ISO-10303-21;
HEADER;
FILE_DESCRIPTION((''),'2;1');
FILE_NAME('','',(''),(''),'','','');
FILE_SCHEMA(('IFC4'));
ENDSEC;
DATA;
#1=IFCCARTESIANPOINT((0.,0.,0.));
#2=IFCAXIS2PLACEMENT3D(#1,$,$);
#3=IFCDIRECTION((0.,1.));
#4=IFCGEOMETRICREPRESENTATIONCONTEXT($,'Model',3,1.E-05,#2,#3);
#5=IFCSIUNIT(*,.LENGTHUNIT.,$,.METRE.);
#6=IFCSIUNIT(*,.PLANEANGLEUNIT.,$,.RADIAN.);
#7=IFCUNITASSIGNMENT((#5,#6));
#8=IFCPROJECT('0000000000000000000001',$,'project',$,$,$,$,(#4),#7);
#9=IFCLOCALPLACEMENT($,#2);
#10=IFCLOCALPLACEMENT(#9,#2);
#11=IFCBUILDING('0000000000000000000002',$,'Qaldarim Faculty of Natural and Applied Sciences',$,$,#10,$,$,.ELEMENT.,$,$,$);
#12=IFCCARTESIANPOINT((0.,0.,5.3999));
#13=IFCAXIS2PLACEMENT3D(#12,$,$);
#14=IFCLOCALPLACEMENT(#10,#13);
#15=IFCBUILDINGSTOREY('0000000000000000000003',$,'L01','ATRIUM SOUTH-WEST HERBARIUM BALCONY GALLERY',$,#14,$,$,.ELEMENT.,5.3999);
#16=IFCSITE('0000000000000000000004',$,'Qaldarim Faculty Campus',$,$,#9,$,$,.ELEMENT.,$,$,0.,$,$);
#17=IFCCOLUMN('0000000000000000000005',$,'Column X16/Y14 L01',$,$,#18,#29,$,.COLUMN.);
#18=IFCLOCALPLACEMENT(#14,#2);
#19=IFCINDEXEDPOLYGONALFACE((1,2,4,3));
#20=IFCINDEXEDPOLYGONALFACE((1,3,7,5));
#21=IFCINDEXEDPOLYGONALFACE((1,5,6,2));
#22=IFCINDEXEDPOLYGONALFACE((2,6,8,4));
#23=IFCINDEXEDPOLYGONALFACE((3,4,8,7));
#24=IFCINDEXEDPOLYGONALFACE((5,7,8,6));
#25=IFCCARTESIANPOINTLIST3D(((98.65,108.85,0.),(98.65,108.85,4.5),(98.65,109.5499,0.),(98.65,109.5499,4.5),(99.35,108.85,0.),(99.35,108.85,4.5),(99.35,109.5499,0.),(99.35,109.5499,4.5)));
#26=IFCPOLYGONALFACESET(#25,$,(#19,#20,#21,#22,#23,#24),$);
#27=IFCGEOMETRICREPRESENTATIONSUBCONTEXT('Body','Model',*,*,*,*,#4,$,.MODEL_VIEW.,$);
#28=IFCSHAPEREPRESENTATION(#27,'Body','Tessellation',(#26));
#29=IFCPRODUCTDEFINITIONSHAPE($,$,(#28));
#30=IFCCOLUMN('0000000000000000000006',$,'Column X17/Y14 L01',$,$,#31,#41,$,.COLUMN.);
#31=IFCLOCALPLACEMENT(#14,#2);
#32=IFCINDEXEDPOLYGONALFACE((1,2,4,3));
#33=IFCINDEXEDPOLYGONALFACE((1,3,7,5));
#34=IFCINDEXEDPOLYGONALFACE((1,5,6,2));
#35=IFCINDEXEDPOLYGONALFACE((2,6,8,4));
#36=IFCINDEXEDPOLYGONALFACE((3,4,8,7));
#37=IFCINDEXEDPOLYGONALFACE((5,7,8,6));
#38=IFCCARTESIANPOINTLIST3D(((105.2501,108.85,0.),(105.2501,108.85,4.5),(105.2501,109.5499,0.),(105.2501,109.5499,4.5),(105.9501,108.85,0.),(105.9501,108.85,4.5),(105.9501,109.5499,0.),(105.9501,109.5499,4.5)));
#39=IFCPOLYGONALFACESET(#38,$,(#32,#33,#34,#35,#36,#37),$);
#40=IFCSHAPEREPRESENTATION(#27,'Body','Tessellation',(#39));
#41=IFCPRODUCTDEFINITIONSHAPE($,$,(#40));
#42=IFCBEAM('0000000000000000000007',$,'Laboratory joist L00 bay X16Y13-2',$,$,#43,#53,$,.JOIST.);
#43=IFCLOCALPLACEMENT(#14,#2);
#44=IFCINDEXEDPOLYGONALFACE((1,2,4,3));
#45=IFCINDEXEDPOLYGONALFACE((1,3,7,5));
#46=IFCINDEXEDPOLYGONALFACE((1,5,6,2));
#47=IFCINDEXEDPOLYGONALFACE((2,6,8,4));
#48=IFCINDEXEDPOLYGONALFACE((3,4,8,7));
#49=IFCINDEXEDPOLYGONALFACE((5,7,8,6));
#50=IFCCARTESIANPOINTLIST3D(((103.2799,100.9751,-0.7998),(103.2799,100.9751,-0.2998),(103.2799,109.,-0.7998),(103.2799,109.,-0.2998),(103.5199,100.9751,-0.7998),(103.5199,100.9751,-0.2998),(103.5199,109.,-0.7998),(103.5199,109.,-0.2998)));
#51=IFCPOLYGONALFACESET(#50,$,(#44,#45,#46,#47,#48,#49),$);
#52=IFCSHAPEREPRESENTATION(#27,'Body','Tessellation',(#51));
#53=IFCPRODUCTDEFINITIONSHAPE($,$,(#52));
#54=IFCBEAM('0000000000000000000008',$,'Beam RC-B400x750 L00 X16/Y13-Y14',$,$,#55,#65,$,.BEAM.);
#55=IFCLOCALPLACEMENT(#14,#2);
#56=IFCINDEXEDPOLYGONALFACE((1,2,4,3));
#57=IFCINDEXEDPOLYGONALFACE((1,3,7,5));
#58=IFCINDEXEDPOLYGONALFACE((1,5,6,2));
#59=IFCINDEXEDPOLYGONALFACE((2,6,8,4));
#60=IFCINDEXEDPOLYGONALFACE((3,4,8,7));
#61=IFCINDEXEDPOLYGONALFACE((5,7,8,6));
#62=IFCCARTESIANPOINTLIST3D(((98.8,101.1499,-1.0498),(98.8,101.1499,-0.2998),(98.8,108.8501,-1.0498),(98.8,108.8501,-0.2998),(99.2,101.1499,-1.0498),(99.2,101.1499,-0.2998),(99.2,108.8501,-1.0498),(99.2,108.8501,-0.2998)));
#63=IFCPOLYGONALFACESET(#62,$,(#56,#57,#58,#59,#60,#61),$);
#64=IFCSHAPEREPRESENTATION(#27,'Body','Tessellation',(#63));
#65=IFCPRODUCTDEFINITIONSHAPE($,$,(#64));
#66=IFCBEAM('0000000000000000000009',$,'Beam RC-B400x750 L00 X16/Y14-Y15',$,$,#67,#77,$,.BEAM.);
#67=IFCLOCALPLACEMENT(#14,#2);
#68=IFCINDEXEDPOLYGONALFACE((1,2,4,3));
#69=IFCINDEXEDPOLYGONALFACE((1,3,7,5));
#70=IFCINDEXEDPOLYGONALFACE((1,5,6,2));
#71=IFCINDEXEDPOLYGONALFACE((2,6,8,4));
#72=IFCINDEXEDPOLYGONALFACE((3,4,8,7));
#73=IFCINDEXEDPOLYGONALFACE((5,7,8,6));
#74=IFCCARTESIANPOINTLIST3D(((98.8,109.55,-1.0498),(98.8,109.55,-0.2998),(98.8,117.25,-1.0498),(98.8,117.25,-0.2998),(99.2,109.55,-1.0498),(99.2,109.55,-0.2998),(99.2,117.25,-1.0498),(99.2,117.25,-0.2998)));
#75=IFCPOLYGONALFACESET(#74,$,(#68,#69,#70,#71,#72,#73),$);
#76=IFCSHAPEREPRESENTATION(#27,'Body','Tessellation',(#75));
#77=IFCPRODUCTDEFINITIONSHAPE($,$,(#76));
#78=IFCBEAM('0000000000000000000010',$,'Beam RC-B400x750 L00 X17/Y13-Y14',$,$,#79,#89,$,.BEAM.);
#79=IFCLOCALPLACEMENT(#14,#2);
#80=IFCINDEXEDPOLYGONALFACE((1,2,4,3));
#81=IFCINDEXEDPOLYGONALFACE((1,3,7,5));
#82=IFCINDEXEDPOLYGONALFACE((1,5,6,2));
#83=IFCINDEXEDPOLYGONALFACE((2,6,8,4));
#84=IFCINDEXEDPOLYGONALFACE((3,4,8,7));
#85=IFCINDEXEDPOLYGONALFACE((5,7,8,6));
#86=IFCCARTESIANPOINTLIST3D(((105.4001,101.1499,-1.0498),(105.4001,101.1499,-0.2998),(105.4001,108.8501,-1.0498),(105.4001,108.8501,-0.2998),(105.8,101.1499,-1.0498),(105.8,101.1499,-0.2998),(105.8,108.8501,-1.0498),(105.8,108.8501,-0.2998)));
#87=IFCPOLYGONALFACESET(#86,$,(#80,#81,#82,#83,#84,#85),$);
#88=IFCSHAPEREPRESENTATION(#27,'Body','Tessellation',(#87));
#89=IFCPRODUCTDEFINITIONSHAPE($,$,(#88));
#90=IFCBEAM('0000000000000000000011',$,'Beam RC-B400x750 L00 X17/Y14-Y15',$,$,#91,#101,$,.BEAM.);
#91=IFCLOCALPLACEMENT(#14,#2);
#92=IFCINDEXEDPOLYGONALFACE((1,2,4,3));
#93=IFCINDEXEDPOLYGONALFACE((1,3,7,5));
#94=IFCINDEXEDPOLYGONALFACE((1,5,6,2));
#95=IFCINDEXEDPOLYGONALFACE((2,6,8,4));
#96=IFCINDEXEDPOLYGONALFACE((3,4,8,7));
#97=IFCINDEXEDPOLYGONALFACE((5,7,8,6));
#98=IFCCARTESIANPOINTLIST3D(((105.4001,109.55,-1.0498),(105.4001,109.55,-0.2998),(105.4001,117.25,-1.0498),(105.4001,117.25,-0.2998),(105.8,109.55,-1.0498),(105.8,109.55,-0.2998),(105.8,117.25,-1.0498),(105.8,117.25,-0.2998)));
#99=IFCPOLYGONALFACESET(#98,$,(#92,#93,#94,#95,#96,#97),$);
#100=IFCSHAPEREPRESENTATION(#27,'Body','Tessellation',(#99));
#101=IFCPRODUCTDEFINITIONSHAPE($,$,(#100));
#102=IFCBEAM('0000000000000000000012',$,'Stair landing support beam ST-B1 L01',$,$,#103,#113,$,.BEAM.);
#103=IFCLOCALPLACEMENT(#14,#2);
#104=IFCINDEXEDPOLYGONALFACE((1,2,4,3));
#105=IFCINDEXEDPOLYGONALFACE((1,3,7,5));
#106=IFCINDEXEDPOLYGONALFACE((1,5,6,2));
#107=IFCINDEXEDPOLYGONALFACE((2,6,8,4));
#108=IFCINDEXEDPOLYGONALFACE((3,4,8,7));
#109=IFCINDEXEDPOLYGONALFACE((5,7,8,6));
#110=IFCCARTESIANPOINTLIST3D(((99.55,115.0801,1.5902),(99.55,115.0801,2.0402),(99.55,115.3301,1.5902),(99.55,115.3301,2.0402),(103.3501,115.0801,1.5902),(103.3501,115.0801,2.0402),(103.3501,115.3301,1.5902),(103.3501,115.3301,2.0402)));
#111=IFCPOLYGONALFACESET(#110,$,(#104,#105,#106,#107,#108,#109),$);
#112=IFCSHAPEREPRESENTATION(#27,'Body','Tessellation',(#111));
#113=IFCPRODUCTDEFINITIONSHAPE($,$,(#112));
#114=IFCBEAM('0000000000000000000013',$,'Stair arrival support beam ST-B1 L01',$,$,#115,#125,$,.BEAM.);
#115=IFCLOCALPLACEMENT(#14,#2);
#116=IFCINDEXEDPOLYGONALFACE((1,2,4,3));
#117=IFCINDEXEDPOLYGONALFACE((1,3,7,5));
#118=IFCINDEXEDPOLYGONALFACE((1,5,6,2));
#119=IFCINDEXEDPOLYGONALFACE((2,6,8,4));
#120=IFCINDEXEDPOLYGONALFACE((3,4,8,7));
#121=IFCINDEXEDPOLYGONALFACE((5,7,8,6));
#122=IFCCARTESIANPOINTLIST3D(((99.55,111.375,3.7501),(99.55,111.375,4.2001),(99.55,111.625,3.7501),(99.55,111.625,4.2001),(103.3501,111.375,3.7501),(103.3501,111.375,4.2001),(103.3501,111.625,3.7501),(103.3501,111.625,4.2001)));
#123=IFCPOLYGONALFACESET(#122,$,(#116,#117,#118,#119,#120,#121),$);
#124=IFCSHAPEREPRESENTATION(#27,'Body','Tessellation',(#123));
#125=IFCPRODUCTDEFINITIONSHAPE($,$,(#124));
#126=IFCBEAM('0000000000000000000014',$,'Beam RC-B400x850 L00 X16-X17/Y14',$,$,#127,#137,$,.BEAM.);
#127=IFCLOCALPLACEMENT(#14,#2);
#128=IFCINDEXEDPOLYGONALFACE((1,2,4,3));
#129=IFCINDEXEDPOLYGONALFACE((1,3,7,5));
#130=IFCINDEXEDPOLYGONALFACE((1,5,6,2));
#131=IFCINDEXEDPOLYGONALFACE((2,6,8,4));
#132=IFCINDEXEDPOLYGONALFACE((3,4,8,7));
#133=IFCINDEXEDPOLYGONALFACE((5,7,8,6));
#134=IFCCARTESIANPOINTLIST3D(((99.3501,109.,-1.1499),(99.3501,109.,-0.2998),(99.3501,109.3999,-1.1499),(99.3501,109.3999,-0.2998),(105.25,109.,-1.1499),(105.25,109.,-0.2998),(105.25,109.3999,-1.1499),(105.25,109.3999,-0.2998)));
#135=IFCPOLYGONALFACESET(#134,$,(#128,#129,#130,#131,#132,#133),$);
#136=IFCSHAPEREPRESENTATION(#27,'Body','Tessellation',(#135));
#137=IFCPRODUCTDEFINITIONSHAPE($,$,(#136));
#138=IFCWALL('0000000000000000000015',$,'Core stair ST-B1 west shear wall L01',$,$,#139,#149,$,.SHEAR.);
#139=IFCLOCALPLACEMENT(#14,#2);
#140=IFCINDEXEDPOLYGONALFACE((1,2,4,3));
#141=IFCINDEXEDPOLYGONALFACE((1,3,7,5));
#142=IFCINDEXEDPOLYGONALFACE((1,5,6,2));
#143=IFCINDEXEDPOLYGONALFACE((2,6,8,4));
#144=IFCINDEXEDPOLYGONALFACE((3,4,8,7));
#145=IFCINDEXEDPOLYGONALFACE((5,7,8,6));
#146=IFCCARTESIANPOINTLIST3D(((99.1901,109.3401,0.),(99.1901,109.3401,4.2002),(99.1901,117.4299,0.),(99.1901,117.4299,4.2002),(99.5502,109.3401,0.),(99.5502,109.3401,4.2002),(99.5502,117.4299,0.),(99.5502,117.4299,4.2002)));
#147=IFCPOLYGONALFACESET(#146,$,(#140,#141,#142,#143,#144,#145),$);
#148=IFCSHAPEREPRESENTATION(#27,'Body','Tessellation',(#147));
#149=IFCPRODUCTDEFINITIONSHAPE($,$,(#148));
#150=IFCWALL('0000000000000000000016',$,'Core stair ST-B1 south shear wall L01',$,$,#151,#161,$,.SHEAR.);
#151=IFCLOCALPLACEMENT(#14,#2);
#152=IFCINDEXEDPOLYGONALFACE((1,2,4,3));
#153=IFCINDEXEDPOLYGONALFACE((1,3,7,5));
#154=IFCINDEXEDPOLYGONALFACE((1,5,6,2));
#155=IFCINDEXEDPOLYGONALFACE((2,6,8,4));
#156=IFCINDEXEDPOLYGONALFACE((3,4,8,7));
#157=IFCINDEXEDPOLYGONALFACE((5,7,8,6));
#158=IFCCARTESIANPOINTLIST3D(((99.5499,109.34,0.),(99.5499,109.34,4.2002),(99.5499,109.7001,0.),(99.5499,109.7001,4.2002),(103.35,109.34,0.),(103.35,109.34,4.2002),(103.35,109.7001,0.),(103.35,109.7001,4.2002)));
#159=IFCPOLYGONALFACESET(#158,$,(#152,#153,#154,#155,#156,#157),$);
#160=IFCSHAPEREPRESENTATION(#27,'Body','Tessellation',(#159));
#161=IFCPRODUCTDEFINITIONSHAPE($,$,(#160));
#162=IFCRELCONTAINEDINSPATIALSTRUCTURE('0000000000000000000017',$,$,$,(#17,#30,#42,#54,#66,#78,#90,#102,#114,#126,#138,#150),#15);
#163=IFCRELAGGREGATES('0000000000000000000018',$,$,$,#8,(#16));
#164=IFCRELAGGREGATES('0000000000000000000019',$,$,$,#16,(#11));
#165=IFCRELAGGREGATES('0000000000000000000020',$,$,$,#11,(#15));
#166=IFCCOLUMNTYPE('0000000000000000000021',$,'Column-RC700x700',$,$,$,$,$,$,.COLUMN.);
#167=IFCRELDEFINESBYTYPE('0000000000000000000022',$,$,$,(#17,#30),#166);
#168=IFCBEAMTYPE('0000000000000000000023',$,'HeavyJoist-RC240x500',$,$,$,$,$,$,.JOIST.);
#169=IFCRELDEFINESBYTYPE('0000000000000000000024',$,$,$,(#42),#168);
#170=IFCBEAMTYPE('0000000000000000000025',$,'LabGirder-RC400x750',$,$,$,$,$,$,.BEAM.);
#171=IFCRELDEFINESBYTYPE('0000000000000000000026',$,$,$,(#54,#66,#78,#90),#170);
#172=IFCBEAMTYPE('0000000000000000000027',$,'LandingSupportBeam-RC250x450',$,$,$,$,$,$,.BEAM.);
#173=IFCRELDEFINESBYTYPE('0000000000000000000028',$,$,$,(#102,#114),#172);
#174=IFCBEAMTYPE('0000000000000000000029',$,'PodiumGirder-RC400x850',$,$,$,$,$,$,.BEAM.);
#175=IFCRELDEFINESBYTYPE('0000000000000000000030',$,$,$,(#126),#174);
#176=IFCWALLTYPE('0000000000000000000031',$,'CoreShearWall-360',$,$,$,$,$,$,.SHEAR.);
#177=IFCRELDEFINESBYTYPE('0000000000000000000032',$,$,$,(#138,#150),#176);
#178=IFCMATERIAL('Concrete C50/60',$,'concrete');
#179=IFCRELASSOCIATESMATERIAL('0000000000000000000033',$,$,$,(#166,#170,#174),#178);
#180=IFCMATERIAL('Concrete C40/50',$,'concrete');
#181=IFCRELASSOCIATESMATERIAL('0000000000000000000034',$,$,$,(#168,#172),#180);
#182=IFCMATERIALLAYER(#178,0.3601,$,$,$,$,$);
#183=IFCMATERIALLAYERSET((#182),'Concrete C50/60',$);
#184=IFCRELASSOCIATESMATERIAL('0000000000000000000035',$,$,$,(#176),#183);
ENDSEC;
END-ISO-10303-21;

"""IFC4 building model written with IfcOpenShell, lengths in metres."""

from ifc_helpers import new_model, si_unit, direction, frame, frame_2d, origin, origin_2d, place, context, subcontext, project, spatial, rectangle, extrude, material, layer, layer_set, material_profile, profile_set, type_object, element, save


model = new_model("IFC4")

# Units and contexts
model_context = context("Model", 3, precision=1e-05, world=origin(), true_north=direction((0.0, 1.0)))
body_context = subcontext(model_context, "Body", "Model", "MODEL_VIEW")
ifc_project = project(units=[si_unit("LENGTHUNIT", "METRE"), si_unit("PLANEANGLEUNIT", "RADIAN")], contexts=[model_context])

# Site, building, storey
site_placement = place(None, origin())
site = spatial("IfcSite", under=ifc_project, at=site_placement, Name="Qaldarim Faculty Campus", CompositionType="ELEMENT", RefElevation=0.0)
building_placement = place(site_placement, origin())
building = spatial("IfcBuilding", under=site, at=building_placement, Name="Qaldarim Faculty of Natural and Applied Sciences", CompositionType="ELEMENT")
storey_placement = place(building_placement, frame((0.0, 0.0, 5.3999)))
storey = spatial("IfcBuildingStorey", under=building, at=storey_placement, Name="L01", Description="ATRIUM SOUTH-WEST HERBARIUM BALCONY GALLERY", CompositionType="ELEMENT", Elevation=5.3999)

# Columns
ifc_material_1 = material(Name="Concrete C50/60", Category="concrete")
ifc_material_profile_1 = material_profile(ifc_material_1, rectangle(XDim=0.7, YDim=0.7, at=origin_2d()), Name="RC-C700x700")
ifc_profile_set_1 = profile_set([ifc_material_profile_1], Name="Concrete C50/60")
column_type = type_object("IfcColumnType", Name="Column-RC700x700", PredefinedType="COLUMN", material=ifc_profile_set_1)
for number, where, z_axis, x_axis, name in (
    (1, (99.0, 109.2, 0.0), (0.0, 0.0, 1.0), (1.0, 0.0, 0.0), "Column X16/Y14 L01"),
    (2, (105.6001, 109.2, 0.0), (0.0, 0.0, 1.0), (1.0, 0.0, 0.0), "Column X17/Y14 L01"),
):
    element("IfcColumn", number, at=place(storey_placement, frame(where, z_axis=z_axis, x_axis=x_axis)), inside=storey, type_object=column_type, Name=name, PredefinedType="COLUMN", context=body_context, shape_type="SweptSolid", body=[
        extrude(rectangle(XDim=0.7, YDim=0.7, at=origin_2d()), origin(), (0.0, 0.0, 1.0), 4.5),
    ])

# Beams
ifc_material_2 = material(Name="Concrete C40/50", Category="concrete")
ifc_material_profile_2 = material_profile(ifc_material_2, rectangle(XDim=0.24, YDim=0.5, at=origin_2d()), Name="RC-J240x500")
ifc_profile_set_2 = profile_set([ifc_material_profile_2], Name="Concrete C40/50")
beam_type_1 = type_object("IfcBeamType", Name="HeavyJoist-RC240x500", PredefinedType="JOIST", material=ifc_profile_set_2)
beam_1_placement = place(storey_placement, frame((103.3999, 100.9751, -0.5498), z_axis=(0.0, 1.0, 0.0), x_axis=(-1.0, 0.0, 0.0)))
element("IfcBeam", 3, at=beam_1_placement, inside=storey, type_object=beam_type_1, Name="Laboratory joist L00 bay X16Y13-2", PredefinedType="JOIST", context=body_context, shape_type="SweptSolid", body=[
    extrude(rectangle(XDim=0.24, YDim=0.5, at=origin_2d()), origin(), (0.0, 0.0, 1.0), 8.0249),
])
ifc_material_profile_3 = material_profile(ifc_material_1, rectangle(XDim=0.3999, YDim=0.75, at=origin_2d()), Name="RC-B400x750")
ifc_profile_set_3 = profile_set([ifc_material_profile_3], Name="Concrete C50/60")
beam_type_2 = type_object("IfcBeamType", Name="LabGirder-RC400x750", PredefinedType="BEAM", material=ifc_profile_set_3)
beam_2_placement = place(storey_placement, frame((99.0, 101.1499, -0.6748), z_axis=(0.0, 1.0, 0.0), x_axis=(-1.0, 0.0, 0.0)))
element("IfcBeam", 4, at=beam_2_placement, inside=storey, type_object=beam_type_2, Name="Beam RC-B400x750 L00 X16/Y13-Y14", PredefinedType="BEAM", context=body_context, shape_type="SweptSolid", body=[
    extrude(rectangle(XDim=0.3999, YDim=0.75, at=origin_2d()), origin(), (0.0, 0.0, 1.0), 7.7002),
])
beam_3_placement = place(storey_placement, frame((99.0, 109.55, -0.6748), z_axis=(0.0, 1.0, 0.0), x_axis=(-1.0, 0.0, 0.0)))
element("IfcBeam", 5, at=beam_3_placement, inside=storey, type_object=beam_type_2, Name="Beam RC-B400x750 L00 X16/Y14-Y15", PredefinedType="BEAM", context=body_context, shape_type="SweptSolid", body=[
    extrude(rectangle(XDim=0.3999, YDim=0.75, at=origin_2d()), origin(), (0.0, 0.0, 1.0), 7.7),
])
beam_4_placement = place(storey_placement, frame((105.6001, 101.1499, -0.6748), z_axis=(0.0, 1.0, 0.0), x_axis=(-1.0, 0.0, 0.0)))
element("IfcBeam", 6, at=beam_4_placement, inside=storey, type_object=beam_type_2, Name="Beam RC-B400x750 L00 X17/Y13-Y14", PredefinedType="BEAM", context=body_context, shape_type="SweptSolid", body=[
    extrude(rectangle(XDim=0.3999, YDim=0.75, at=origin_2d()), origin(), (0.0, 0.0, 1.0), 7.7002),
])
beam_5_placement = place(storey_placement, frame((105.6001, 109.55, -0.6748), z_axis=(0.0, 1.0, 0.0), x_axis=(-1.0, 0.0, 0.0)))
element("IfcBeam", 7, at=beam_5_placement, inside=storey, type_object=beam_type_2, Name="Beam RC-B400x750 L00 X17/Y14-Y15", PredefinedType="BEAM", context=body_context, shape_type="SweptSolid", body=[
    extrude(rectangle(XDim=0.3999, YDim=0.75, at=origin_2d()), origin(), (0.0, 0.0, 1.0), 7.7),
])
ifc_material_profile_4 = material_profile(ifc_material_2, rectangle(XDim=0.25, YDim=0.45, at=origin_2d()), Name="RC-LN250x450")
ifc_profile_set_4 = profile_set([ifc_material_profile_4], Name="Concrete C40/50")
beam_type_3 = type_object("IfcBeamType", Name="LandingSupportBeam-RC250x450", PredefinedType="BEAM", material=ifc_profile_set_4)
for number, where, z_axis, x_axis, name in (
    (8, (99.55, 115.2051, 1.8152), (1.0, 0.0, 0.0), (0.0, 1.0, 0.0), "Stair landing support beam ST-B1 L01"),
    (9, (99.55, 111.5, 3.9751), (1.0, 0.0, 0.0), (0.0, 1.0, 0.0), "Stair arrival support beam ST-B1 L01"),
):
    element("IfcBeam", number, at=place(storey_placement, frame(where, z_axis=z_axis, x_axis=x_axis)), inside=storey, type_object=beam_type_3, Name=name, PredefinedType="BEAM", context=body_context, shape_type="SweptSolid", body=[
        extrude(rectangle(XDim=0.25, YDim=0.45, at=origin_2d()), origin(), (0.0, 0.0, 1.0), 3.8),
    ])
ifc_material_profile_5 = material_profile(ifc_material_1, rectangle(XDim=0.3999, YDim=0.8501, at=origin_2d()), Name="RC-B400x850")
ifc_profile_set_5 = profile_set([ifc_material_profile_5], Name="Concrete C50/60")
beam_type_4 = type_object("IfcBeamType", Name="PodiumGirder-RC400x850", PredefinedType="BEAM", material=ifc_profile_set_5)
beam_6_placement = place(storey_placement, frame((99.3501, 109.2, -0.7249), z_axis=(1.0, 0.0, 0.0), x_axis=(0.0, 1.0, 0.0)))
element("IfcBeam", 10, at=beam_6_placement, inside=storey, type_object=beam_type_4, Name="Beam RC-B400x850 L00 X16-X17/Y14", PredefinedType="BEAM", context=body_context, shape_type="SweptSolid", body=[
    extrude(rectangle(XDim=0.3999, YDim=0.8501, at=origin_2d()), origin(), (0.0, 0.0, 1.0), 5.8999),
])

# Wall
ifc_layer_1 = layer(ifc_material_1, 0.3601)
ifc_layer_set_1 = layer_set([ifc_layer_1], Name="Concrete C50/60")
wall_type_1 = type_object("IfcWallType", Name="CoreShearWall-360", PredefinedType="SHEAR", material=ifc_layer_set_1)
wall_1_placement = place(storey_placement, frame((99.3701, 109.3401, 0.0), z_axis=(0.0, 0.0, 1.0), x_axis=(0.0, 1.0, 0.0)))
element("IfcWall", 11, at=wall_1_placement, inside=storey, type_object=wall_type_1, Name="Core stair ST-B1 west shear wall L01", PredefinedType="SHEAR", context=body_context, shape_type="SweptSolid", body=[
    extrude(rectangle(XDim=8.0898, YDim=0.3601, at=frame_2d((4.0449, 0.0))), origin(), (0.0, 0.0, 1.0), 4.2002),
])

# Wall
wall_2_placement = place(storey_placement, frame((99.55, 109.52, 0.0), z_axis=(0.0, 0.0, 1.0), x_axis=(1.0, 0.0, 0.0)))
element("IfcWall", 12, at=wall_2_placement, inside=storey, type_object=wall_type_1, Name="Core stair ST-B1 south shear wall L01", PredefinedType="SHEAR", context=body_context, shape_type="SweptSolid", body=[
    extrude(rectangle(XDim=3.8, YDim=0.3601, at=frame_2d((1.8999, 0.0))), origin(), (0.0, 0.0, 1.0), 4.2002),
])

save(model, "model.ifc")
